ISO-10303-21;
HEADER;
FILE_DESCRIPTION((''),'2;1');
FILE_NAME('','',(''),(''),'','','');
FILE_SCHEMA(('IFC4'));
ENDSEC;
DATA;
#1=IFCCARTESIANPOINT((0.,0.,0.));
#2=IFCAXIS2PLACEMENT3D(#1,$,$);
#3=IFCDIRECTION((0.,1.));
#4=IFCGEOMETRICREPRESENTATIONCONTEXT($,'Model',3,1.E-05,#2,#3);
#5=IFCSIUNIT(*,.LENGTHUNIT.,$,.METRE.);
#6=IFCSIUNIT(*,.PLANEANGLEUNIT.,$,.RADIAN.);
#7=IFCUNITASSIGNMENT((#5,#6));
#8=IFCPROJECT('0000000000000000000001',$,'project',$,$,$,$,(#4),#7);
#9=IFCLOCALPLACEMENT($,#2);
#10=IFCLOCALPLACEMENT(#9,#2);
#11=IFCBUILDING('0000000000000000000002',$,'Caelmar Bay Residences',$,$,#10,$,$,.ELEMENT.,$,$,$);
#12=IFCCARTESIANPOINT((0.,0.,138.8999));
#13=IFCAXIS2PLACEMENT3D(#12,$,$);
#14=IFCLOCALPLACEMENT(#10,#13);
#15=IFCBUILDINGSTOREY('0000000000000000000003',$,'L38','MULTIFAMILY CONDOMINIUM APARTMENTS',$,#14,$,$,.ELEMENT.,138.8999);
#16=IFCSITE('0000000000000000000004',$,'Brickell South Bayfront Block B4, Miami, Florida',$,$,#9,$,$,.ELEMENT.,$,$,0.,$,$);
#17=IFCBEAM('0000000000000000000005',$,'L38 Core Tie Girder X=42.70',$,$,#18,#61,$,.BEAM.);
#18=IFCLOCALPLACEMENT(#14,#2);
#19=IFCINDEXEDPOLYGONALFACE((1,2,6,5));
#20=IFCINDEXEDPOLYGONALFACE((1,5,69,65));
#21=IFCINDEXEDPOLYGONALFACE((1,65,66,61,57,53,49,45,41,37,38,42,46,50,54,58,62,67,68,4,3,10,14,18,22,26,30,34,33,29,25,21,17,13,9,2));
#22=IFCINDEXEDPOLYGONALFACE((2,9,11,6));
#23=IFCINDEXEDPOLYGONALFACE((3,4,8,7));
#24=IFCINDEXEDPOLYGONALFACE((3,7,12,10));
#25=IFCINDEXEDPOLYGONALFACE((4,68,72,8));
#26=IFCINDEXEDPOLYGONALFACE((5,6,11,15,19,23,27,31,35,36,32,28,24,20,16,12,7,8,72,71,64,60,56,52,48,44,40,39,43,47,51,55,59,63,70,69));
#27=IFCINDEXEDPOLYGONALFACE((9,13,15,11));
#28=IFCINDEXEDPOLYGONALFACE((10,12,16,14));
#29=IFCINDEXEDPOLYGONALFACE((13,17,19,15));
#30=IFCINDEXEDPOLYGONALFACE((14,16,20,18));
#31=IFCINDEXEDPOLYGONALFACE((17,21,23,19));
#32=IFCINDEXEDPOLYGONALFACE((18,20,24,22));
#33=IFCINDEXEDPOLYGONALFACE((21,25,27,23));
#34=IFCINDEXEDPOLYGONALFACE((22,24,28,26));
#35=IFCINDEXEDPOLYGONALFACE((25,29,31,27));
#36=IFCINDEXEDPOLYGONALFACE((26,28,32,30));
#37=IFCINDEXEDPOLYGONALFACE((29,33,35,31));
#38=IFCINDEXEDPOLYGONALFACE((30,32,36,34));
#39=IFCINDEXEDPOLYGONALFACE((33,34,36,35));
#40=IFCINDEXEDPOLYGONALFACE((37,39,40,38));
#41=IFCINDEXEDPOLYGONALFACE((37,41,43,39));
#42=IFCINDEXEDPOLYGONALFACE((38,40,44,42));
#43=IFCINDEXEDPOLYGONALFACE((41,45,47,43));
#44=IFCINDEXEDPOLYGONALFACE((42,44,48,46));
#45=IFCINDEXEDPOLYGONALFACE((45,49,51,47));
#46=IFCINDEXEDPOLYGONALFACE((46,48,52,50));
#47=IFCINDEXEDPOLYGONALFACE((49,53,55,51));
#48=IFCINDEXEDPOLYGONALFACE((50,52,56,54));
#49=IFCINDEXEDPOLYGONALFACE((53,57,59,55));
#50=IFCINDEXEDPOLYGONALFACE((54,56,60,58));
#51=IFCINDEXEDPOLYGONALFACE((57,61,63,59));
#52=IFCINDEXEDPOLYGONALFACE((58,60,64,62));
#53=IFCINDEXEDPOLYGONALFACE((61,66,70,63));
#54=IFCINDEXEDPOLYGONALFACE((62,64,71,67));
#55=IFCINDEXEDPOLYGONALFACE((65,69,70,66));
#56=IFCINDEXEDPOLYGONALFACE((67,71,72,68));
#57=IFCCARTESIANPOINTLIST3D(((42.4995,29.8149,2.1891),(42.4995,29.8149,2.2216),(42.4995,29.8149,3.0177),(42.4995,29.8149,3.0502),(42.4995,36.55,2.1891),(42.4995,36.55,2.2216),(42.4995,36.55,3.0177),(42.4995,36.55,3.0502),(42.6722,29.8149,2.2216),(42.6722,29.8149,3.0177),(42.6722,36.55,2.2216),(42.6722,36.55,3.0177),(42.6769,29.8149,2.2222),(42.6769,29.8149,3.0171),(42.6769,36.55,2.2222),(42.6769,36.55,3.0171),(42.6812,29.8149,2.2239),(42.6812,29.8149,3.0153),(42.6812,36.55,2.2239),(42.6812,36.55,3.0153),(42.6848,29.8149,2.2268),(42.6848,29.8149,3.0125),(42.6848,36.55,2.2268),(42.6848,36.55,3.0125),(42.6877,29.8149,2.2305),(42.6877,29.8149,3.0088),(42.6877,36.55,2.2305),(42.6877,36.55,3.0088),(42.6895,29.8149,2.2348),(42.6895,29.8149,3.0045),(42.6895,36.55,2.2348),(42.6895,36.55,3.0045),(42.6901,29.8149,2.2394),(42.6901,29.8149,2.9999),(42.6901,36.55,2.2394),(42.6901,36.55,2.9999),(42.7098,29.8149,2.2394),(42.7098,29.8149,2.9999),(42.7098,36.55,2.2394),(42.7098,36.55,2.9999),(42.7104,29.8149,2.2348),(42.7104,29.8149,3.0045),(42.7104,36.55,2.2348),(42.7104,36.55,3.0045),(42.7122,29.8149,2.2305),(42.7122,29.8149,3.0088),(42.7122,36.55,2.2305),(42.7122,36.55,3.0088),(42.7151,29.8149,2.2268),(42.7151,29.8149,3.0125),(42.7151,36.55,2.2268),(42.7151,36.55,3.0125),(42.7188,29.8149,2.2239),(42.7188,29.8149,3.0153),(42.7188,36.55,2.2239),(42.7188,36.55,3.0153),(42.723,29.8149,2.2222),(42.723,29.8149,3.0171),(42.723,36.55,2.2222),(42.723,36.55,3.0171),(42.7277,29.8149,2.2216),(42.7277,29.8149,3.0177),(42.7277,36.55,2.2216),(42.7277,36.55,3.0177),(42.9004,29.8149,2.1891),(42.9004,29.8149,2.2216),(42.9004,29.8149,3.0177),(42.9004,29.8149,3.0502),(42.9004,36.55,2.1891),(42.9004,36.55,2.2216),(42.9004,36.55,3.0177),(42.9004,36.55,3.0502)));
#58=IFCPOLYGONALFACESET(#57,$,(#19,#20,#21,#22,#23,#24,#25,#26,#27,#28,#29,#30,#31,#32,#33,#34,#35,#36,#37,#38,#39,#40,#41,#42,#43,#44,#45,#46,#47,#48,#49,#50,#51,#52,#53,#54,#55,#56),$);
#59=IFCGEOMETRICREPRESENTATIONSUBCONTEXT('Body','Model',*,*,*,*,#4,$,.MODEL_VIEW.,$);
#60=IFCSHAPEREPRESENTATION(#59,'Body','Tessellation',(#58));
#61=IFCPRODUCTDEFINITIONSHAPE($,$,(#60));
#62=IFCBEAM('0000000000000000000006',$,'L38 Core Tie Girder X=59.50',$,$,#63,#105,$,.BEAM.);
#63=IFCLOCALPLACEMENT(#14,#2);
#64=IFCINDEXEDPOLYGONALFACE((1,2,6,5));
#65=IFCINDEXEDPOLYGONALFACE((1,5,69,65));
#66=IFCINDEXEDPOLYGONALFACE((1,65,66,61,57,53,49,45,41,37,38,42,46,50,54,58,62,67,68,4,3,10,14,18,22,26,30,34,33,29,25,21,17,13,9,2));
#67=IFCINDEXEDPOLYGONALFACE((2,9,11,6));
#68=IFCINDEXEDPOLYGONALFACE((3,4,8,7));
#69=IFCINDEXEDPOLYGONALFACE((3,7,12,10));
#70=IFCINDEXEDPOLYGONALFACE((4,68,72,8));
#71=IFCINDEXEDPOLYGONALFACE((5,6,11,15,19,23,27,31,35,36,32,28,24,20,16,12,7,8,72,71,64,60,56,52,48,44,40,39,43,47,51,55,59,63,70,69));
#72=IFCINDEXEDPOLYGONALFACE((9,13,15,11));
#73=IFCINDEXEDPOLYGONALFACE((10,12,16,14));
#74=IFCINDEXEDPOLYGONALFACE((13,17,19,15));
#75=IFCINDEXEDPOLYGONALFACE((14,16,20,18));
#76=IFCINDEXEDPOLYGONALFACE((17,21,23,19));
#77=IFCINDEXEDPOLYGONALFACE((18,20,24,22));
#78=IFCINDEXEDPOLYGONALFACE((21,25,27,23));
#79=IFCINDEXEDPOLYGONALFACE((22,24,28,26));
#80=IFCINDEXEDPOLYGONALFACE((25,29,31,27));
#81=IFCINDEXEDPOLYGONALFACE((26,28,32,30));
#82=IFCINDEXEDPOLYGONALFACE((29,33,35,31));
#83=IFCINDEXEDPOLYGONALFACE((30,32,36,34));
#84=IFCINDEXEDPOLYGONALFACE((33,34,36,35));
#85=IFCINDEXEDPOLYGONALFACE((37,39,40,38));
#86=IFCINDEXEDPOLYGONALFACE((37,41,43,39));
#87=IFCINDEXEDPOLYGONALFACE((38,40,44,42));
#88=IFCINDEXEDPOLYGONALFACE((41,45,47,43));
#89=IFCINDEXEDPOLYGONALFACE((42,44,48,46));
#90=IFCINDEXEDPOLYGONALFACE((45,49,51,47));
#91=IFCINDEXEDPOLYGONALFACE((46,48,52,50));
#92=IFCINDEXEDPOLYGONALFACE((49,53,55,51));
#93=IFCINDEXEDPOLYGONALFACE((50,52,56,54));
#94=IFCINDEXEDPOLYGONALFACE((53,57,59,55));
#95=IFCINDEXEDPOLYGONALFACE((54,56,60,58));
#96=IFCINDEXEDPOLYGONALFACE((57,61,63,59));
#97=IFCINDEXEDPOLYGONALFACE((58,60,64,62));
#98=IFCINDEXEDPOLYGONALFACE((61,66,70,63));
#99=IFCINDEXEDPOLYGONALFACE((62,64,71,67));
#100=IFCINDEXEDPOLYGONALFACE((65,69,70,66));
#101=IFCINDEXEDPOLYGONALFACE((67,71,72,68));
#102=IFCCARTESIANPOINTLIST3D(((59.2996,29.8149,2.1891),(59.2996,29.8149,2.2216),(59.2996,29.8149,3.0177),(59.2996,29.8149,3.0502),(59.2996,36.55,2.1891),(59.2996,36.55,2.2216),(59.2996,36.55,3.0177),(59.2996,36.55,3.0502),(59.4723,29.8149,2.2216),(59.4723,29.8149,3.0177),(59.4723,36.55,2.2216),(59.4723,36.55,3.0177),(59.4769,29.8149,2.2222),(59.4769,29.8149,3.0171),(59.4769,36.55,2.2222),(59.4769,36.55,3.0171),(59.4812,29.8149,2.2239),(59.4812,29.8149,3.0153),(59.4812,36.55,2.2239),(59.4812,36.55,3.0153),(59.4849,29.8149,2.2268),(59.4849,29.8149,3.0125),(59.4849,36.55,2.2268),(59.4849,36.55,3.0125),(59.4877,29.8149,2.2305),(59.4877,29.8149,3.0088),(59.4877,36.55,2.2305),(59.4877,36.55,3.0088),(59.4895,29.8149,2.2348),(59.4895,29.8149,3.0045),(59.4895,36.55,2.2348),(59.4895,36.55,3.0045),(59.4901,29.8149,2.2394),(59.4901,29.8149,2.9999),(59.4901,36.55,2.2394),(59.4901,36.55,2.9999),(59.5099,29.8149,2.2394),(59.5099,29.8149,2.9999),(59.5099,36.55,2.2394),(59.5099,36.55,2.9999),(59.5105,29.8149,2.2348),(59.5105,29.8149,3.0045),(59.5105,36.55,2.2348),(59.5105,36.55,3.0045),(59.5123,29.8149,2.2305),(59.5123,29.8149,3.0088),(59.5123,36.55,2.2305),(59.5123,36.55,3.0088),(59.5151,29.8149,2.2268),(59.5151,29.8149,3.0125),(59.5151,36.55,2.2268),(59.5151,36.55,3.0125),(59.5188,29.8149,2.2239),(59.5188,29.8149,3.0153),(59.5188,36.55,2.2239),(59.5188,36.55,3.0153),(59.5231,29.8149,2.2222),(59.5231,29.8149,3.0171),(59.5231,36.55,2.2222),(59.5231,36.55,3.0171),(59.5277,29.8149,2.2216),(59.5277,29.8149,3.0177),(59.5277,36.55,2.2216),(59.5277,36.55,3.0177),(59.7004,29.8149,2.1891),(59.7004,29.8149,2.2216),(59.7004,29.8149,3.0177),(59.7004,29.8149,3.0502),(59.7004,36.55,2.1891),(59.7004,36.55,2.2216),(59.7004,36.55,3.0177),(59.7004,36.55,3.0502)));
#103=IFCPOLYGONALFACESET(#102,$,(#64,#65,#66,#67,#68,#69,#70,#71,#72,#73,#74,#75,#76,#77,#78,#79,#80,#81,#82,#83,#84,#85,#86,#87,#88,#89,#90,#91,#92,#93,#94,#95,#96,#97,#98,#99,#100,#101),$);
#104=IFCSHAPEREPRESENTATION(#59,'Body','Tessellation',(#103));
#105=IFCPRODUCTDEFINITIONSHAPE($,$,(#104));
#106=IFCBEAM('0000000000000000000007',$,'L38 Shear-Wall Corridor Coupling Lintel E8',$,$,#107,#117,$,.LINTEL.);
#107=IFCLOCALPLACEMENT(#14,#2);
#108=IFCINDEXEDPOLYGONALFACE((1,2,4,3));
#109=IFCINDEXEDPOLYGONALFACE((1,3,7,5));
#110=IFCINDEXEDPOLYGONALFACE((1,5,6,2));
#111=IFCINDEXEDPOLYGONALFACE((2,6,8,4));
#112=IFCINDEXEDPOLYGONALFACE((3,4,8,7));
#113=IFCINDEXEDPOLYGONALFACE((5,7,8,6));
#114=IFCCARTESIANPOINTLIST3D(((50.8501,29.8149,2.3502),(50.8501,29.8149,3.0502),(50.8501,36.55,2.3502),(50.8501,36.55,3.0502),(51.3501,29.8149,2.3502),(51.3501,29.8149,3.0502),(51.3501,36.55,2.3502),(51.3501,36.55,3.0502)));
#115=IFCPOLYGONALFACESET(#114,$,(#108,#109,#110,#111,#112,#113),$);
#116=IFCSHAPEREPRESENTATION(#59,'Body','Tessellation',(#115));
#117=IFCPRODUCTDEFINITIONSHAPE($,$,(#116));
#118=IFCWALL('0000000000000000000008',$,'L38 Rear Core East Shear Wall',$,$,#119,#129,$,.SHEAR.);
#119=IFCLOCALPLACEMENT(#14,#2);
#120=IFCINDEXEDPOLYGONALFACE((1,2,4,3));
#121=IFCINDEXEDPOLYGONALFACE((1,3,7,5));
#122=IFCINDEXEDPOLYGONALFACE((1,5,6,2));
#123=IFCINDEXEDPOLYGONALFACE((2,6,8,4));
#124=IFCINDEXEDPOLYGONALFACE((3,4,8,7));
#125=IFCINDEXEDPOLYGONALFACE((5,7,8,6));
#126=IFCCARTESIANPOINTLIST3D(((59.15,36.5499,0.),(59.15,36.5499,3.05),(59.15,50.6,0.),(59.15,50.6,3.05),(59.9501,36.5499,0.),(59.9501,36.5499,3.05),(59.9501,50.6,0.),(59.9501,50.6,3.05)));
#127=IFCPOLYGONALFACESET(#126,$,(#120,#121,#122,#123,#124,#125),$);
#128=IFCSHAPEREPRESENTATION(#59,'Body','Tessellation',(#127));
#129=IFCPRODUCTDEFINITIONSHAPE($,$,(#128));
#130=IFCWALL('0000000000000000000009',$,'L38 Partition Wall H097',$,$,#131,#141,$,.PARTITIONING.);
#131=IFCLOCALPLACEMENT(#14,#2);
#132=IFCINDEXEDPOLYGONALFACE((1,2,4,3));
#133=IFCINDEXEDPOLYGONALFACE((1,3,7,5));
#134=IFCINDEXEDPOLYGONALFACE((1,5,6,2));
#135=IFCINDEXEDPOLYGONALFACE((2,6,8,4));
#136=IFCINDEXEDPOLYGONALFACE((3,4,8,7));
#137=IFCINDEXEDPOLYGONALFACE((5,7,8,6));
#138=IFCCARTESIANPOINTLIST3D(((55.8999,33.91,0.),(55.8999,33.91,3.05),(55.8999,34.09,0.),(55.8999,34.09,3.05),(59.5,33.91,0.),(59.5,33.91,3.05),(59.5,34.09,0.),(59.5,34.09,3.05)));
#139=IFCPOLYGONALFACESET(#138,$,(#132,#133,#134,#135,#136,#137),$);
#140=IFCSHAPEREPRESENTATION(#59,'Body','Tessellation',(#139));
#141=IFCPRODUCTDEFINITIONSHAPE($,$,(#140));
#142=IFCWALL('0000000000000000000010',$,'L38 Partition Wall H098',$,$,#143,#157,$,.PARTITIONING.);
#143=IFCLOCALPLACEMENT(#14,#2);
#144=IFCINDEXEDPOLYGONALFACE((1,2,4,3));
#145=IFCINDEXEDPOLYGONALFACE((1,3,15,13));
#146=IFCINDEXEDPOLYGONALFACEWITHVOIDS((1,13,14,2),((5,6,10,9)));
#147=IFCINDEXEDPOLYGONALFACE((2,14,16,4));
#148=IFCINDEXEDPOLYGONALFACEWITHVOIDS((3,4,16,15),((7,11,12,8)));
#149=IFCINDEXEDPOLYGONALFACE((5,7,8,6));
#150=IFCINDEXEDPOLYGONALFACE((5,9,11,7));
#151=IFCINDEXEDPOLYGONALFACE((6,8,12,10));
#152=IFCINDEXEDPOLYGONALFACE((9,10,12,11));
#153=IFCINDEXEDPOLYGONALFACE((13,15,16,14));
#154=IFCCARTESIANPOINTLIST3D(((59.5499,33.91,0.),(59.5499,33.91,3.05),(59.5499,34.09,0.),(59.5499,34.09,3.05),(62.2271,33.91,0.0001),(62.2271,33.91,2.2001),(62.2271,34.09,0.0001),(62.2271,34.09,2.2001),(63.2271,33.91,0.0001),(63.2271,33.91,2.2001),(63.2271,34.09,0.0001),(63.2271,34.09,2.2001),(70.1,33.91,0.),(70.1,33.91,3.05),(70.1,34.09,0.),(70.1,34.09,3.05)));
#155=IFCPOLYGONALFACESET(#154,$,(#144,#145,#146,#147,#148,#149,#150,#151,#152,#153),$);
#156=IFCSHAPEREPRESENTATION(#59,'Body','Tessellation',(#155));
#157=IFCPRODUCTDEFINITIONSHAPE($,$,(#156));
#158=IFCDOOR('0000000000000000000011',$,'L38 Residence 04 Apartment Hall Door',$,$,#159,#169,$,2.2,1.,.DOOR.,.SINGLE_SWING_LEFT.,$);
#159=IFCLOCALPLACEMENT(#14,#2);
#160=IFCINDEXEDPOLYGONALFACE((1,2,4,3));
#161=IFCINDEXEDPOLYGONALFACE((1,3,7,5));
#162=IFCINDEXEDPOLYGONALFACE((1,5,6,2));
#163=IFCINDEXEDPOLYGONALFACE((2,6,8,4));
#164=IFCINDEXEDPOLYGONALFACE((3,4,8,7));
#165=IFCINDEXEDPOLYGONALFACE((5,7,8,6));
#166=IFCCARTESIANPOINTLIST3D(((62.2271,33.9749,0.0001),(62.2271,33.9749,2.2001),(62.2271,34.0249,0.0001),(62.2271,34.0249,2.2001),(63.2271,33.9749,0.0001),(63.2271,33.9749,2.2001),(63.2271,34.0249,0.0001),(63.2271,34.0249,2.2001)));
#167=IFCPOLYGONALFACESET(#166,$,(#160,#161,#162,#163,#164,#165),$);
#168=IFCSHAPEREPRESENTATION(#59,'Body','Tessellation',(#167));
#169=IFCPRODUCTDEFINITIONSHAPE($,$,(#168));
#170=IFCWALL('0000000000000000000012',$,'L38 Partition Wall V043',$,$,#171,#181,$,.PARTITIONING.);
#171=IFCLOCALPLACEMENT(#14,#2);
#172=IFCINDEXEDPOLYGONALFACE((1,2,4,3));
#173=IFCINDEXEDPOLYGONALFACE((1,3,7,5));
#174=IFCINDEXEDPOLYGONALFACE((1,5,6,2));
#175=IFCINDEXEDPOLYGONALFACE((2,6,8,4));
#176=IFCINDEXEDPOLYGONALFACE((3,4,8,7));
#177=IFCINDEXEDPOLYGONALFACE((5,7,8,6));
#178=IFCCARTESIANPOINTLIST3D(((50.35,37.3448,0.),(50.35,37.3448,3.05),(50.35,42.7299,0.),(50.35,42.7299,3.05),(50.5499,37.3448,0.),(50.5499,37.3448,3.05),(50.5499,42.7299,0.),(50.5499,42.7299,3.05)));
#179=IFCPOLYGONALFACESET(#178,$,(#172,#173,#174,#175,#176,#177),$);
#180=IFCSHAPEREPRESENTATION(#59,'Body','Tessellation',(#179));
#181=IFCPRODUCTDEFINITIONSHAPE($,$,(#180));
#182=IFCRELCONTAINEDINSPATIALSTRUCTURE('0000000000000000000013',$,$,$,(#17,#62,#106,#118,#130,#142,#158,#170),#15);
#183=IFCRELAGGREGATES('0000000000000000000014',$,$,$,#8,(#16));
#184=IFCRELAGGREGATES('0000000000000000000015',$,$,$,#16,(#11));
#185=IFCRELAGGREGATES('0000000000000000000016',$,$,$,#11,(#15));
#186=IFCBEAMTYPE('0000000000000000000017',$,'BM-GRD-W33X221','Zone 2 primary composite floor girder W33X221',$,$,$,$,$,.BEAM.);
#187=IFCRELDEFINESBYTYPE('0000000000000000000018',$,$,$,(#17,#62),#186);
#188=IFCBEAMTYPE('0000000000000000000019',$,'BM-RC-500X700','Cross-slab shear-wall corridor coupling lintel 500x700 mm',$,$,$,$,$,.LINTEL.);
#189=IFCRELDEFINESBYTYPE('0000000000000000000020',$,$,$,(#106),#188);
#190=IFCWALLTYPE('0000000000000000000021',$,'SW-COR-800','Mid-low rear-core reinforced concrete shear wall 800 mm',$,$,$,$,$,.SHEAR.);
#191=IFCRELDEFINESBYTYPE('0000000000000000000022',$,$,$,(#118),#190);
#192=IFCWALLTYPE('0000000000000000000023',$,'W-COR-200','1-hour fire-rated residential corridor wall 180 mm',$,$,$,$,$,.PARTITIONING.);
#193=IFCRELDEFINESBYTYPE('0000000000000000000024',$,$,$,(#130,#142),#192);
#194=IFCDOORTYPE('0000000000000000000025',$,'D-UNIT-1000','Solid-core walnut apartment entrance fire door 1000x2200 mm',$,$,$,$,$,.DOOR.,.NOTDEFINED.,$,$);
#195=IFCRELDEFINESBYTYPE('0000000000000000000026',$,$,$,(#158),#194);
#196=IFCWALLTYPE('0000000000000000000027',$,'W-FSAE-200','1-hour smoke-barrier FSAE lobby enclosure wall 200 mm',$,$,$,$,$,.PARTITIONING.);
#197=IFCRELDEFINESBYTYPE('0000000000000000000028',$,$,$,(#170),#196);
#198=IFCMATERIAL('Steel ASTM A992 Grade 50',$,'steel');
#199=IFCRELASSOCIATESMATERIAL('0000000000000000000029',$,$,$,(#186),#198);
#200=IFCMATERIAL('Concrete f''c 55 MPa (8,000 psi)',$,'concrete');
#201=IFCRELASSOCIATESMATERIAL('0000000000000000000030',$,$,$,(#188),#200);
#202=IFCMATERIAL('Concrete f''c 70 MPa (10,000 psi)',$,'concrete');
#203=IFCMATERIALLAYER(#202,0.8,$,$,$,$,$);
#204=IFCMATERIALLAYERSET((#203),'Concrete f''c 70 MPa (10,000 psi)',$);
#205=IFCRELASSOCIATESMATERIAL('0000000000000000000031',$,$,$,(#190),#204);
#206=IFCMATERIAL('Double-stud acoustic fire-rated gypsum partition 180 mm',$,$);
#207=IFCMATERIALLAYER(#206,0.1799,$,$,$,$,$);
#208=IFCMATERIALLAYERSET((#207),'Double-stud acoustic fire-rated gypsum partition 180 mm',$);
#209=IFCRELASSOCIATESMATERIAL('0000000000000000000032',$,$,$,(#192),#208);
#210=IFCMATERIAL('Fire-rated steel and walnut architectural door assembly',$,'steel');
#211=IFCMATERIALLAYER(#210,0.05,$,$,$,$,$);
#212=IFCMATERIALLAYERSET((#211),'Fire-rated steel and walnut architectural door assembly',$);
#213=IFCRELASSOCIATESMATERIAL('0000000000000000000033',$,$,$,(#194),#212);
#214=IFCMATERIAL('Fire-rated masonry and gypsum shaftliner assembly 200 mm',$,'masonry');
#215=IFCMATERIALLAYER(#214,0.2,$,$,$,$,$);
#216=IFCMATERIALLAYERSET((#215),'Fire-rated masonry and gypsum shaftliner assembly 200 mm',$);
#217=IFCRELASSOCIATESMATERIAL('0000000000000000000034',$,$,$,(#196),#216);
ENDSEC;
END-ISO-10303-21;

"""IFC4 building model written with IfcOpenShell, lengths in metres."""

from ifc_helpers import new_model, si_unit, direction, frame, frame_2d, origin, origin_2d, place, context, subcontext, project, spatial, rectangle, i_section, extrude, material, layer, layer_set, material_profile, profile_set, type_object, element, fill, save


model = new_model("IFC4")

# Units and contexts
model_context = context("Model", 3, precision=1e-05, world=origin(), true_north=direction((0.0, 1.0)))
body_context = subcontext(model_context, "Body", "Model", "MODEL_VIEW")
ifc_project = project(units=[si_unit("LENGTHUNIT", "METRE"), si_unit("PLANEANGLEUNIT", "RADIAN")], contexts=[model_context])

# Site, building, storey
site_placement = place(None, origin())
site = spatial("IfcSite", under=ifc_project, at=site_placement, Name="Brickell South Bayfront Block B4, Miami, Florida", CompositionType="ELEMENT", RefElevation=0.0)
building_placement = place(site_placement, origin())
building = spatial("IfcBuilding", under=site, at=building_placement, Name="Caelmar Bay Residences", CompositionType="ELEMENT")
storey_placement = place(building_placement, frame((0.0, 0.0, 138.8999)))
storey = spatial("IfcBuildingStorey", under=building, at=storey_placement, Name="L38", Description="MULTIFAMILY CONDOMINIUM APARTMENTS", CompositionType="ELEMENT", Elevation=138.8999)

# Beams
ifc_material_1 = material(Name="Steel ASTM A992 Grade 50", Category="steel")
ifc_material_profile_1 = material_profile(ifc_material_1, i_section(OverallWidth=0.4009, OverallDepth=0.8611, WebThickness=0.0198, FlangeThickness=0.0325, FilletRadius=0.0178, at=origin_2d()), Name="W33X221")
ifc_profile_set_1 = profile_set([ifc_material_profile_1], Name="Steel ASTM A992 Grade 50")
beam_type_1 = type_object("IfcBeamType", Name="BM-GRD-W33X221", Description="Zone 2 primary composite floor girder W33X221", PredefinedType="BEAM", material=ifc_profile_set_1)
for number, where, z_axis, x_axis, name in (
    (1, (42.7, 29.8149, 2.6196), (0.0, 1.0, 0.0), (-1.0, 0.0, 0.0), "L38 Core Tie Girder X=42.70"),
    (2, (59.5, 29.8149, 2.6196), (0.0, 1.0, 0.0), (-1.0, 0.0, 0.0), "L38 Core Tie Girder X=59.50"),
):
    element("IfcBeam", number, at=place(storey_placement, frame(where, z_axis=z_axis, x_axis=x_axis)), inside=storey, type_object=beam_type_1, Name=name, PredefinedType="BEAM", context=body_context, shape_type="SweptSolid", body=[
        extrude(i_section(OverallWidth=0.4009, OverallDepth=0.8611, WebThickness=0.0198, FlangeThickness=0.0325, FilletRadius=0.0178, at=origin_2d()), origin(), (0.0, 0.0, 1.0), 6.7351),
    ])
ifc_material_2 = material(Name="Concrete f'c 55 MPa (8,000 psi)", Category="concrete")
ifc_material_profile_2 = material_profile(ifc_material_2, rectangle(XDim=0.5, YDim=0.7, at=origin_2d()), Name="RC-BM-500X700")
ifc_profile_set_2 = profile_set([ifc_material_profile_2], Name="Concrete f'c 55 MPa (8,000 psi)")
beam_type_2 = type_object("IfcBeamType", Name="BM-RC-500X700", Description="Cross-slab shear-wall corridor coupling lintel 500x700 mm", PredefinedType="LINTEL", material=ifc_profile_set_2)
beam_placement = place(storey_placement, frame((51.1001, 29.8149, 2.7002), z_axis=(0.0, 1.0, 0.0), x_axis=(-1.0, 0.0, 0.0)))
element("IfcBeam", 3, at=beam_placement, inside=storey, type_object=beam_type_2, Name="L38 Shear-Wall Corridor Coupling Lintel E8", PredefinedType="LINTEL", context=body_context, shape_type="SweptSolid", body=[
    extrude(rectangle(XDim=0.5, YDim=0.7, at=origin_2d()), origin(), (0.0, 0.0, 1.0), 6.7351),
])

# Shared definitions
ifc_material_3 = material(Name="Fire-rated steel and walnut architectural door assembly", Category="steel")

# Walls
ifc_material_4 = material(Name="Concrete f'c 70 MPa (10,000 psi)", Category="concrete")
ifc_layer_1 = layer(ifc_material_4, 0.8)
ifc_layer_set_1 = layer_set([ifc_layer_1], Name="Concrete f'c 70 MPa (10,000 psi)")
wall_type_1 = type_object("IfcWallType", Name="SW-COR-800", Description="Mid-low rear-core reinforced concrete shear wall 800 mm", PredefinedType="SHEAR", material=ifc_layer_set_1)
wall_1_placement = place(storey_placement, frame((59.55, 36.55, 0.0), z_axis=(0.0, 0.0, 1.0), x_axis=(0.0, 1.0, 0.0)))
element("IfcWall", 4, at=wall_1_placement, inside=storey, type_object=wall_type_1, Name="L38 Rear Core East Shear Wall", PredefinedType="SHEAR", context=body_context, shape_type="SweptSolid", body=[
    extrude(rectangle(XDim=14.05, YDim=0.8, at=frame_2d((7.0249, 0.0))), origin(), (0.0, 0.0, 1.0), 3.05),
])
ifc_material_5 = material(Name="Double-stud acoustic fire-rated gypsum partition 180 mm")
ifc_layer_2 = layer(ifc_material_5, 0.1799)
ifc_layer_set_2 = layer_set([ifc_layer_2], Name="Double-stud acoustic fire-rated gypsum partition 180 mm")
wall_type_2 = type_object("IfcWallType", Name="W-COR-200", Description="1-hour fire-rated residential corridor wall 180 mm", PredefinedType="PARTITIONING", material=ifc_layer_set_2)
wall_2_placement = place(storey_placement, frame((55.8999, 34.0, 0.0), z_axis=(0.0, 0.0, 1.0), x_axis=(1.0, 0.0, 0.0)))
element("IfcWall", 5, at=wall_2_placement, inside=storey, type_object=wall_type_2, Name="L38 Partition Wall H097", PredefinedType="PARTITIONING", context=body_context, shape_type="SweptSolid", body=[
    extrude(rectangle(XDim=3.6001, YDim=0.1799, at=frame_2d((1.8, 0.0))), origin(), (0.0, 0.0, 1.0), 3.05),
])

# Wall, opening, door
wall_3_placement = place(storey_placement, frame((59.55, 34.0, 0.0), z_axis=(0.0, 0.0, 1.0), x_axis=(1.0, 0.0, 0.0)))
wall_3 = element("IfcWall", 6, at=wall_3_placement, inside=storey, type_object=wall_type_2, Name="L38 Partition Wall H098", PredefinedType="PARTITIONING", context=body_context, shape_type="SweptSolid", body=[
    extrude(rectangle(XDim=10.55, YDim=0.1799, at=frame_2d((5.2749, 0.0))), origin(), (0.0, 0.0, 1.0), 3.05),
])
opening_1_placement = place(wall_3_placement, frame((2.677, 0.0, 0.0)))
opening_1 = element("IfcOpeningElement", 7, at=opening_1_placement, cuts=wall_3, PredefinedType="OPENING", context=body_context, shape_type="SweptSolid", body=[
    extrude(rectangle(XDim=1.0, YDim=2.2, at=frame_2d((0.5, 1.1001))), frame((0.0, 0.0999, 0.0), z_axis=(0.0, -1.0, 0.0), x_axis=(1.0, 0.0, 0.0)), (0.0, 0.0, 1.0), 0.2),
])
ifc_layer_3 = layer(ifc_material_3, 0.05)
ifc_layer_set_3 = layer_set([ifc_layer_3], Name="Fire-rated steel and walnut architectural door assembly")
door_type_1 = type_object("IfcDoorType", Name="D-UNIT-1000", Description="Solid-core walnut apartment entrance fire door 1000x2200 mm", OperationType="NOTDEFINED", PredefinedType="DOOR", material=ifc_layer_set_3)
door_1_placement = place(opening_1_placement, origin())
door_1 = element("IfcDoor", 8, at=door_1_placement, inside=storey, type_object=door_type_1, Name="L38 Residence 04 Apartment Hall Door", OperationType="SINGLE_SWING_LEFT", OverallHeight=2.2, OverallWidth=1.0, PredefinedType="DOOR", context=body_context, shape_type="SweptSolid", body=[
    extrude(rectangle(XDim=1.0, YDim=2.2, at=frame_2d((0.5, 1.1001))), frame((0.0, 0.0249, 0.0), z_axis=(0.0, -1.0, 0.0), x_axis=(1.0, 0.0, 0.0)), (0.0, 0.0, 1.0), 0.05),
])
fill(opening_1, door_1)

# Wall
ifc_material_6 = material(Name="Fire-rated masonry and gypsum shaftliner assembly 200 mm", Category="masonry")
ifc_layer_4 = layer(ifc_material_6, 0.2)
ifc_layer_set_4 = layer_set([ifc_layer_4], Name="Fire-rated masonry and gypsum shaftliner assembly 200 mm")
wall_type_3 = type_object("IfcWallType", Name="W-FSAE-200", Description="1-hour smoke-barrier FSAE lobby enclosure wall 200 mm", PredefinedType="PARTITIONING", material=ifc_layer_set_4)
wall_4_placement = place(storey_placement, frame((50.45, 37.345, 0.0), z_axis=(0.0, 0.0, 1.0), x_axis=(0.0, 1.0, 0.0)))
element("IfcWall", 9, at=wall_4_placement, inside=storey, type_object=wall_type_3, Name="L38 Partition Wall V043", PredefinedType="PARTITIONING", context=body_context, shape_type="SweptSolid", body=[
    extrude(rectangle(XDim=5.385, YDim=0.2, at=frame_2d((2.6924, 0.0))), origin(), (0.0, 0.0, 1.0), 3.05),
])

save(model, "model.ifc")
